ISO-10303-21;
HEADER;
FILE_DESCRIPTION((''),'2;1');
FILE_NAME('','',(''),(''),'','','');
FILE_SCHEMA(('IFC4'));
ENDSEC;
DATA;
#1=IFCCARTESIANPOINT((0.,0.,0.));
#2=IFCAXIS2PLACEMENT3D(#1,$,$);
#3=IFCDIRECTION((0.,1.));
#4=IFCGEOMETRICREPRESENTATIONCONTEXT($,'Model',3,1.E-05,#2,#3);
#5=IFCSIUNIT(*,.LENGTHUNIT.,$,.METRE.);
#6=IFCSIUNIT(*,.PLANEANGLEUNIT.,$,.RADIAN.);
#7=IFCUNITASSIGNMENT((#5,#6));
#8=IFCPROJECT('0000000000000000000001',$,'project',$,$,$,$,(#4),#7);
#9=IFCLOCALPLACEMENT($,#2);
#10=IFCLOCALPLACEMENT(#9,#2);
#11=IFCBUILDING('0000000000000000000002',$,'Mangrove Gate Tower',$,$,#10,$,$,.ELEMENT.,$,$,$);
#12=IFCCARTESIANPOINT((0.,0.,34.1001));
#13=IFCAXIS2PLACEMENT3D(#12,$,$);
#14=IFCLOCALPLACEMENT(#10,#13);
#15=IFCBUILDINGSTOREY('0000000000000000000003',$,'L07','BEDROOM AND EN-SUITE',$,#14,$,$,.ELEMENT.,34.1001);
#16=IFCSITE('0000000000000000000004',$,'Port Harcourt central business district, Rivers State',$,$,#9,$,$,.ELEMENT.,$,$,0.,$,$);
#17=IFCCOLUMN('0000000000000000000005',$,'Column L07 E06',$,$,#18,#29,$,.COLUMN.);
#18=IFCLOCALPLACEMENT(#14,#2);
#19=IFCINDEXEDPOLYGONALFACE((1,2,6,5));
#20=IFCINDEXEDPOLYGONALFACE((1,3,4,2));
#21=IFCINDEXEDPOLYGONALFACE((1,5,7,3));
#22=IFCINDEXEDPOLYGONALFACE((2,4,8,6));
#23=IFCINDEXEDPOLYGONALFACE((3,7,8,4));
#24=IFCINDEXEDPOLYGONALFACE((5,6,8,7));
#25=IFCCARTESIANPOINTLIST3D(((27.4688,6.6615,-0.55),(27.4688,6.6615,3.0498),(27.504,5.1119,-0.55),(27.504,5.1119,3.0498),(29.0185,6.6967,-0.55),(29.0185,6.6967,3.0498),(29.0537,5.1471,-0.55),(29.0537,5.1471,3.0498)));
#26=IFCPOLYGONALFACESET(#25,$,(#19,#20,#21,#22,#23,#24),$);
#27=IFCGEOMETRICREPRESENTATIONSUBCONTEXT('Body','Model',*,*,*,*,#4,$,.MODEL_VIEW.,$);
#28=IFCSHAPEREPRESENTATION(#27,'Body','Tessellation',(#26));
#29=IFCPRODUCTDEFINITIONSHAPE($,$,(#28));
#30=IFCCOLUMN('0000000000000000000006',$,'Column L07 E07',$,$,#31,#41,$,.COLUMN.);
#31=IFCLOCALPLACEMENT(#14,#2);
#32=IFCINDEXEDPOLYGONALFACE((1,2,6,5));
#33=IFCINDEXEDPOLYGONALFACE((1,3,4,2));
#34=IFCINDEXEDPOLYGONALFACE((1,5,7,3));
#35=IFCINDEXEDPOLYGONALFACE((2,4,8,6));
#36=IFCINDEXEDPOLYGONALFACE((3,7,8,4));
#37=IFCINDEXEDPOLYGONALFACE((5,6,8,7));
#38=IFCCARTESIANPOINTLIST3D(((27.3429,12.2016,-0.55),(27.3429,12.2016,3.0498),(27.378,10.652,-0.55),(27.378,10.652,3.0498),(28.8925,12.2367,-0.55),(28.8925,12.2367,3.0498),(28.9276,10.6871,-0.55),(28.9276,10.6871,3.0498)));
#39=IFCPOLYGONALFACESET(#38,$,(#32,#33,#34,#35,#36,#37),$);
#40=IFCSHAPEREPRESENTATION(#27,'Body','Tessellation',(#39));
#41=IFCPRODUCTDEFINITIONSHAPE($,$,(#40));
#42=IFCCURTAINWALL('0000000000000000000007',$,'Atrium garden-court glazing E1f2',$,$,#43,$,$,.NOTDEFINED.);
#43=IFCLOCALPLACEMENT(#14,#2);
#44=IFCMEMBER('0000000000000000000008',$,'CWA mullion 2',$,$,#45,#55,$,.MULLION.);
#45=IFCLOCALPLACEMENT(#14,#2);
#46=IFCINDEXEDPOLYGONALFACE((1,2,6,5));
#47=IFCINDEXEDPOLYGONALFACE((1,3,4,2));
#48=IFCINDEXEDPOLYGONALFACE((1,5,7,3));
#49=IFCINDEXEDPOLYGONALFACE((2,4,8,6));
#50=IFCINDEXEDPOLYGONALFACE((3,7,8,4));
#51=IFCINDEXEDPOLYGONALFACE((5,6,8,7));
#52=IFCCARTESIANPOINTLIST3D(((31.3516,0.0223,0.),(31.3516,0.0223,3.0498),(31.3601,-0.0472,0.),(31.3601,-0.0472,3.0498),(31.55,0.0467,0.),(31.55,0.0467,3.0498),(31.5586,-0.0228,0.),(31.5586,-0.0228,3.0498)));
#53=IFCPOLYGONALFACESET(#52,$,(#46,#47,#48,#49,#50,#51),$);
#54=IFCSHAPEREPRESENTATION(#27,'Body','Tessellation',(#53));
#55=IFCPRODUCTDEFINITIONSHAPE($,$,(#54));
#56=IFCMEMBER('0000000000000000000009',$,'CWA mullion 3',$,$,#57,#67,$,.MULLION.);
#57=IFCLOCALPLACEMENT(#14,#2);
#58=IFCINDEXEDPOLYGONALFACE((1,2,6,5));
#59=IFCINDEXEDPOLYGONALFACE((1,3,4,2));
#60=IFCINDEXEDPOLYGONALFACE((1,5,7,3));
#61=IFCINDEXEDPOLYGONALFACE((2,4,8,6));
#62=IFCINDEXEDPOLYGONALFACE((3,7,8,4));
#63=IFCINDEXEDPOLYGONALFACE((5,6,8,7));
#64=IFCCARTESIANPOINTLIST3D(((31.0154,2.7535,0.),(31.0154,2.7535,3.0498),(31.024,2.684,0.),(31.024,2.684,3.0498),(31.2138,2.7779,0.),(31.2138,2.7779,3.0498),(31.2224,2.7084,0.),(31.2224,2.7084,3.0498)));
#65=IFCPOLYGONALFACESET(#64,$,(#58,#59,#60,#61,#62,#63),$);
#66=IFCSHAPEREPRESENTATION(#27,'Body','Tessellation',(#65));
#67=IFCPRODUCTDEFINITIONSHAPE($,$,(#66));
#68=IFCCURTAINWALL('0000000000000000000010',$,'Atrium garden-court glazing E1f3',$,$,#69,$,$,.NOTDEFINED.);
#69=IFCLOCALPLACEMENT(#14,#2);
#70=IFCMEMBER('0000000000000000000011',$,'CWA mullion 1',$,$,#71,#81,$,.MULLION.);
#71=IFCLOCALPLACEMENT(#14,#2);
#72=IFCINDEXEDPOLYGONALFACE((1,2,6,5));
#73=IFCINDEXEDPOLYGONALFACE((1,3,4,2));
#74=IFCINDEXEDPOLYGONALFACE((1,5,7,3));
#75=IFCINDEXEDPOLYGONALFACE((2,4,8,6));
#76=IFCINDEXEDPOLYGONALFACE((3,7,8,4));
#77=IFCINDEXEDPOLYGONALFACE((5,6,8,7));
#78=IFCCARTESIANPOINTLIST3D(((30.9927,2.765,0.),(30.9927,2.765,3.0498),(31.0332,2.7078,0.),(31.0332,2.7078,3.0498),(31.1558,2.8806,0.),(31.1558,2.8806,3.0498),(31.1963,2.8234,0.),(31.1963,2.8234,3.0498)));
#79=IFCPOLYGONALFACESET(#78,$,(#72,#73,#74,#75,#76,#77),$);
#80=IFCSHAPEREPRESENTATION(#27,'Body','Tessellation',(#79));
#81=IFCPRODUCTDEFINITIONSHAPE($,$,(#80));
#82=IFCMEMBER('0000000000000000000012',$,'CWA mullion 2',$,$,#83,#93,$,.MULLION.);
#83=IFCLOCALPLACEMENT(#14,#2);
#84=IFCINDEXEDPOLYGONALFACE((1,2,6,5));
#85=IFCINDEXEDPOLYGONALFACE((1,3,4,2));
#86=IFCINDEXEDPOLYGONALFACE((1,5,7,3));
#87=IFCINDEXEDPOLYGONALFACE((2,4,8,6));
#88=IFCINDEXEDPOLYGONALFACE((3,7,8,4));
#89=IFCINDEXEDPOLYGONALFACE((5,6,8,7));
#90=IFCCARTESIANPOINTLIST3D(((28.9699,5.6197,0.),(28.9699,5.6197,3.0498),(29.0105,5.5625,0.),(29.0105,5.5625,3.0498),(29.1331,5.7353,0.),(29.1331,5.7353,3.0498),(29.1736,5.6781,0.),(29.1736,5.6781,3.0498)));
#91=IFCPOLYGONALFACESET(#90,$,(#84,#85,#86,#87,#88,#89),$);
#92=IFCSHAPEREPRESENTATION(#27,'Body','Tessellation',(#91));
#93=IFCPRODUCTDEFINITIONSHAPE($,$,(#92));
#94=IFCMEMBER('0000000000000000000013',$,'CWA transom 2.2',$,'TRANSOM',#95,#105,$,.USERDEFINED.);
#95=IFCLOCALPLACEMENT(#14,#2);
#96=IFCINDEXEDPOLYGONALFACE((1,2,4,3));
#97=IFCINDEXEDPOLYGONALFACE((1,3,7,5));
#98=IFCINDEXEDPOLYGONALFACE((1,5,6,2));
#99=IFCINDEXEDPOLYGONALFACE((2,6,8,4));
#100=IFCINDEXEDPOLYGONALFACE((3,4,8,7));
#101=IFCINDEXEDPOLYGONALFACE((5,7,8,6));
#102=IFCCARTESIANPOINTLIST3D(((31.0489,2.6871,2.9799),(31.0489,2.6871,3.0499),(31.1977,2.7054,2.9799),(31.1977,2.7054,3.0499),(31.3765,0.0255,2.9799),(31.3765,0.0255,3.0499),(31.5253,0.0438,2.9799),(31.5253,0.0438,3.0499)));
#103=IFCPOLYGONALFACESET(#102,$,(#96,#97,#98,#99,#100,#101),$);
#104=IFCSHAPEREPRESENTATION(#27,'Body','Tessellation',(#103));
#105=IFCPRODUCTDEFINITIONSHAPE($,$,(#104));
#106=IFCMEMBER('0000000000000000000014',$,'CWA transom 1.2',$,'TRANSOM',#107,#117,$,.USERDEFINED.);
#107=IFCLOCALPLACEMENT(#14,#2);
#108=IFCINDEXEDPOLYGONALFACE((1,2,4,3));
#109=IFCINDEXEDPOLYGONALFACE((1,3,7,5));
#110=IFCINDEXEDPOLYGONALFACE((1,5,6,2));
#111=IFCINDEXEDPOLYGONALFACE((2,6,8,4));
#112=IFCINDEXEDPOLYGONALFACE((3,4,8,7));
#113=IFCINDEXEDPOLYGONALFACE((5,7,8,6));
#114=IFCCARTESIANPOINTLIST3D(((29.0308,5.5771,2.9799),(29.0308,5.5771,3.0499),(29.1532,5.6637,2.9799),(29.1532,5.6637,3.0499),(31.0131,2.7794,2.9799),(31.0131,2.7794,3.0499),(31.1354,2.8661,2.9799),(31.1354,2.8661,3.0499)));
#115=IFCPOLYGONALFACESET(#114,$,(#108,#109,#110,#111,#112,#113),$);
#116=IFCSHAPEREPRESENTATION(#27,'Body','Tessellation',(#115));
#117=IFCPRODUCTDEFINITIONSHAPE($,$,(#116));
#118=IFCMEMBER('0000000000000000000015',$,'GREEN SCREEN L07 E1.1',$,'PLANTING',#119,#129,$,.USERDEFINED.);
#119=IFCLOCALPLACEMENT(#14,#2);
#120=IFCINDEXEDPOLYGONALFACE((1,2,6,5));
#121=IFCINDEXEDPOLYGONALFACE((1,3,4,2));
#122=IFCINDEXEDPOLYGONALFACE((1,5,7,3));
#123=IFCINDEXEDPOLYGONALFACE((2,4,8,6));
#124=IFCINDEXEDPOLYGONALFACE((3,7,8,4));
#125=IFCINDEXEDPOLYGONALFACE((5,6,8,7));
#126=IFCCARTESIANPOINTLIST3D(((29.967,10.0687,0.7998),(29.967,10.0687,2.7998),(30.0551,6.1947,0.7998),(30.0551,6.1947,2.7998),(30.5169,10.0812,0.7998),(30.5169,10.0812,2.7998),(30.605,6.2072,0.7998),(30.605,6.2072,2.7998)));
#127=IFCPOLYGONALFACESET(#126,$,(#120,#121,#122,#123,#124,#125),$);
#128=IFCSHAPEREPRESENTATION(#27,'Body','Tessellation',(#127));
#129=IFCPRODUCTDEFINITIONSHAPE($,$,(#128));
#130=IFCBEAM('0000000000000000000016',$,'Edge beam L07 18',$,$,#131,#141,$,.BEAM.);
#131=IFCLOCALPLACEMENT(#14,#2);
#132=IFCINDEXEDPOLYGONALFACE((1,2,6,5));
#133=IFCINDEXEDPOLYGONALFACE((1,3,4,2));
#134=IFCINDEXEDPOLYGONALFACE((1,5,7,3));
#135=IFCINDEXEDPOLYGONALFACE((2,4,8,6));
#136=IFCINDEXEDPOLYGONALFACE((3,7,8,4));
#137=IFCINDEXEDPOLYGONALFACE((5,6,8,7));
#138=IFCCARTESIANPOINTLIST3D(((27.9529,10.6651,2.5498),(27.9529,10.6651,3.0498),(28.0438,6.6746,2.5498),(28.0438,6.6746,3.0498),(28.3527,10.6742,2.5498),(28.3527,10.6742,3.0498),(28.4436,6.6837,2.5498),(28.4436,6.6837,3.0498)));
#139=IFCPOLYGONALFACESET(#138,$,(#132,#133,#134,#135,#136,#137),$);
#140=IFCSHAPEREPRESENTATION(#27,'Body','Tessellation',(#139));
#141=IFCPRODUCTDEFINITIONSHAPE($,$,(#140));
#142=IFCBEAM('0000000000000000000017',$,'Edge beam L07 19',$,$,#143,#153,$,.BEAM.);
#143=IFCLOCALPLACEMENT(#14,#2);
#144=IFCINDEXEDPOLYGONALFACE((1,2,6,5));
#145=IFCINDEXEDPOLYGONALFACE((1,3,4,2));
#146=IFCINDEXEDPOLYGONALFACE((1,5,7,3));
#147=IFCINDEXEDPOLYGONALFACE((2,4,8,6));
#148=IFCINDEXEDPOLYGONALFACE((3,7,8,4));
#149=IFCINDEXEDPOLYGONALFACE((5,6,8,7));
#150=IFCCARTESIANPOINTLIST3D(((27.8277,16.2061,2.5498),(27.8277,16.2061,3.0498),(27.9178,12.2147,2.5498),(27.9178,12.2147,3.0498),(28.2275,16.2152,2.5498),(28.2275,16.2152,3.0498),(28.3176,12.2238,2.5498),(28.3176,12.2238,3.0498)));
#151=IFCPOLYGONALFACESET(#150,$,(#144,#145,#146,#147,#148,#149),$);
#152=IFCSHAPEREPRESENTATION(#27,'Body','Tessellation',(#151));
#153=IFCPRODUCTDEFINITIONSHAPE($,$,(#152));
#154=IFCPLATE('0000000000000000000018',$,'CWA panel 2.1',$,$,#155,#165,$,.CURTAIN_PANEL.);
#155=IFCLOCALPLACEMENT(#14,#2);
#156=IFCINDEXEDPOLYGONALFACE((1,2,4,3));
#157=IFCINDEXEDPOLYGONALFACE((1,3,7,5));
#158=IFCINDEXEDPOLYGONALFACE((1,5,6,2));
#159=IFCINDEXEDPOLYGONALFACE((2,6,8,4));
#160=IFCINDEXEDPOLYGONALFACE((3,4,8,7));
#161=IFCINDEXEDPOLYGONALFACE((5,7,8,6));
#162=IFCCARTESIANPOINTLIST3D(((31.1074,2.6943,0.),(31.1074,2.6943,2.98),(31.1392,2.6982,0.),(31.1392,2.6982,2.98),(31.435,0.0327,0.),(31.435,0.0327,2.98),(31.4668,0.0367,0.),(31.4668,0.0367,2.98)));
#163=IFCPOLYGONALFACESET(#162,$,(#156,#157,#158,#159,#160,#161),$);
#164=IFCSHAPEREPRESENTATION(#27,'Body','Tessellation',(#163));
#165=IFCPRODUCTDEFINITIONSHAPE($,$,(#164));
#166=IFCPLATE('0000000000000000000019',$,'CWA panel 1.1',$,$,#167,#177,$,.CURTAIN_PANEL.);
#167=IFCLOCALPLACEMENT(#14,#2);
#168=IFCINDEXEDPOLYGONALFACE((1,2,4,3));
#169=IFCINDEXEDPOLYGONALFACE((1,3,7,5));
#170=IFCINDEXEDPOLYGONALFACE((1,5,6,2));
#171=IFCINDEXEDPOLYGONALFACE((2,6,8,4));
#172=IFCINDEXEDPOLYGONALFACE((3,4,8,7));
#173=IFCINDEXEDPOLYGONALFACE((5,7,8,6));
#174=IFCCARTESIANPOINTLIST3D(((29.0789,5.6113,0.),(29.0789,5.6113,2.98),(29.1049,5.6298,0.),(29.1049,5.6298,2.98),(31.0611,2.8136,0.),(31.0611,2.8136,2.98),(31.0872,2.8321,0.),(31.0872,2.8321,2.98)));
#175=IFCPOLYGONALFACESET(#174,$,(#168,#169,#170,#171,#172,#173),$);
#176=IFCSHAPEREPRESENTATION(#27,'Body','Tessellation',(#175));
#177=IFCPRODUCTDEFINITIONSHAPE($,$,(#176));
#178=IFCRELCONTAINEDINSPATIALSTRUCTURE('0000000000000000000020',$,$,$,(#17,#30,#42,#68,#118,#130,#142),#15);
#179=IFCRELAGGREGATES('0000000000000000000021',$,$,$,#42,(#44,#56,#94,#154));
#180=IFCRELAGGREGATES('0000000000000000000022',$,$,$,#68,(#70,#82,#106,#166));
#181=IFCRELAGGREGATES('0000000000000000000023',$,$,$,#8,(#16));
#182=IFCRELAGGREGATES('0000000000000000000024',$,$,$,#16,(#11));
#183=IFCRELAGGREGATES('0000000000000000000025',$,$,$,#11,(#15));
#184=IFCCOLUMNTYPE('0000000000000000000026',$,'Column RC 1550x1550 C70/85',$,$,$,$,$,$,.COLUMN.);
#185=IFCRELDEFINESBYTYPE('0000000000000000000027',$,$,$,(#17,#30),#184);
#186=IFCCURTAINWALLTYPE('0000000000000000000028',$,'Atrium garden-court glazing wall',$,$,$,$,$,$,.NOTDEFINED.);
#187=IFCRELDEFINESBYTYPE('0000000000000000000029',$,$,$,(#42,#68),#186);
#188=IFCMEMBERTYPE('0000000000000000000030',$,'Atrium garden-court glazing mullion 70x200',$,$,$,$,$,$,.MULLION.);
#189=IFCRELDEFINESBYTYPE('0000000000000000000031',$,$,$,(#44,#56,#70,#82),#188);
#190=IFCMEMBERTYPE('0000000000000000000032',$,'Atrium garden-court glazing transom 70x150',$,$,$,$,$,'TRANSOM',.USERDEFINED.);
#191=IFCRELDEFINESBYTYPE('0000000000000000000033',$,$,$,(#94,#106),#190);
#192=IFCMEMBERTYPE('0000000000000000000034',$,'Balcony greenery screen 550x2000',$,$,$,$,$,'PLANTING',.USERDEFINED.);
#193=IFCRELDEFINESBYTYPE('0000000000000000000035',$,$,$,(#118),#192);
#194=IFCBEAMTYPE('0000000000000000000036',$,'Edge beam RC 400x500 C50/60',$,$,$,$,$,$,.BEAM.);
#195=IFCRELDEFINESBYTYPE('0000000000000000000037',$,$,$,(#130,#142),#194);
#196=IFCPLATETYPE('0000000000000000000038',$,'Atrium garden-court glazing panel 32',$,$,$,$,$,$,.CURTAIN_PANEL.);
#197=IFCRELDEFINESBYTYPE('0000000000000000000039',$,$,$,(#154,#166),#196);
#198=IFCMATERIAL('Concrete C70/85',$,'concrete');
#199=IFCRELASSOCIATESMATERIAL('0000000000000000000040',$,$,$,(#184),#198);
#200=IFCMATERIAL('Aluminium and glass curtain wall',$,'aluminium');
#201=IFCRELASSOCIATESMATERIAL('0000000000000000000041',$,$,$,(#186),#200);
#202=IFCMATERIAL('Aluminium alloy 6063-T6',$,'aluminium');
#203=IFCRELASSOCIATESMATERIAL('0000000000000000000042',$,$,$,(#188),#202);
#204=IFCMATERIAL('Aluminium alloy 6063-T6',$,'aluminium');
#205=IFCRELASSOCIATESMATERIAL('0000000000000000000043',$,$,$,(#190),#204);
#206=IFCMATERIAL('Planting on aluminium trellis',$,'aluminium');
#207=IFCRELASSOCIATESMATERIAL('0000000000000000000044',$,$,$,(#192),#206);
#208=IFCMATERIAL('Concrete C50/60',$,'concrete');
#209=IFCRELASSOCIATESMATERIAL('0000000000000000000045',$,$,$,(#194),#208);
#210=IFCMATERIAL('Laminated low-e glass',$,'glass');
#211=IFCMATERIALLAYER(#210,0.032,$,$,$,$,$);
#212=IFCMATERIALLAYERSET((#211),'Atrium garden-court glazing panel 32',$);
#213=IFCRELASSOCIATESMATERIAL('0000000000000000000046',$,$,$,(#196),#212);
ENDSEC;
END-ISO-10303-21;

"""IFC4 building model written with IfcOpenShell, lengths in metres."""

from ifc_helpers import new_model, si_unit, direction, frame, origin, origin_2d, place, context, subcontext, project, spatial, rectangle, extrude, material, layer, layer_set, material_profile, profile_set, type_object, element, aggregate, save


model = new_model("IFC4")

# Units and contexts
model_context = context("Model", 3, precision=1e-05, world=origin(), true_north=direction((0.0, 1.0)))
body_context = subcontext(model_context, "Body", "Model", "MODEL_VIEW")
ifc_project = project(units=[si_unit("LENGTHUNIT", "METRE"), si_unit("PLANEANGLEUNIT", "RADIAN")], contexts=[model_context])

# Site, building, storey
site_placement = place(None, origin())
site = spatial("IfcSite", under=ifc_project, at=site_placement, Name="Port Harcourt central business district, Rivers State", CompositionType="ELEMENT", RefElevation=0.0)
building_placement = place(site_placement, origin())
building = spatial("IfcBuilding", under=site, at=building_placement, Name="Mangrove Gate Tower", CompositionType="ELEMENT")
storey_placement = place(building_placement, frame((0.0, 0.0, 34.1001)))
storey = spatial("IfcBuildingStorey", under=building, at=storey_placement, Name="L07", Description="BEDROOM AND EN-SUITE", CompositionType="ELEMENT", Elevation=34.1001)

# Columns
ifc_material_1 = material(Name="Concrete C70/85", Category="concrete")
ifc_material_profile_1 = material_profile(ifc_material_1, rectangle(XDim=1.55, YDim=1.55, at=origin_2d()))
ifc_profile_set_1 = profile_set([ifc_material_profile_1], Name="Concrete C70/85")
column_type = type_object("IfcColumnType", Name="Column RC 1550x1550 C70/85", PredefinedType="COLUMN", material=ifc_profile_set_1)
for number, where, z_axis, x_axis, name in (
    (1, (28.2612, 5.9043, -0.55), (0.0, 0.0, 1.0), (-0.022704, 0.999742, 0.0), "Column L07 E06"),
    (2, (28.1353, 11.4443, -0.55), (0.0, 0.0, 1.0), (-0.022646, 0.999744, 0.0), "Column L07 E07"),
):
    element("IfcColumn", number, at=place(storey_placement, frame(where, z_axis=z_axis, x_axis=x_axis)), inside=storey, type_object=column_type, Name=name, PredefinedType="COLUMN", context=body_context, shape_type="SweptSolid", body=[
        extrude(rectangle(XDim=1.55, YDim=1.55, at=origin_2d()), origin(), (0.0, 0.0, 1.0), 3.5999),
    ])

# Curtain walls, members
ifc_material_2 = material(Name="Aluminium and glass curtain wall", Category="aluminium")
curtain_wall_type = type_object("IfcCurtainWallType", Name="Atrium garden-court glazing wall", PredefinedType="NOTDEFINED", material=ifc_material_2)
curtain_wall_1_placement = place(storey_placement, origin())
curtain_wall_1 = element("IfcCurtainWall", 3, at=curtain_wall_1_placement, inside=storey, type_object=curtain_wall_type, Name="Atrium garden-court glazing E1f2", PredefinedType="NOTDEFINED")
ifc_material_3 = material(Name="Aluminium alloy 6063-T6", Category="aluminium")
ifc_material_profile_2 = material_profile(ifc_material_3, rectangle(XDim=0.0701, YDim=0.2, at=origin_2d()))
ifc_profile_set_2 = profile_set([ifc_material_profile_2], Name="Aluminium alloy 6063-T6")
member_type_1 = type_object("IfcMemberType", Name="Atrium garden-court glazing mullion 70x200", PredefinedType="MULLION", material=ifc_profile_set_2)
member_1_placement = place(storey_placement, frame((31.4551, -0.0002, 0.0), z_axis=(0.0, 0.0, 1.0), x_axis=(-0.122172, 0.992509, 0.0)))
member_1 = element("IfcMember", 4, at=member_1_placement, type_object=member_type_1, Name="CWA mullion 2", PredefinedType="MULLION", context=body_context, shape_type="SweptSolid", body=[
    extrude(rectangle(XDim=0.0701, YDim=0.2, at=origin_2d()), origin(), (0.0, 0.0, 1.0), 3.0498),
])
member_2_placement = place(storey_placement, frame((31.1189, 2.731, 0.0), z_axis=(0.0, 0.0, 1.0), x_axis=(-0.122172, 0.992509, 0.0)))
member_2 = element("IfcMember", 5, at=member_2_placement, type_object=member_type_1, Name="CWA mullion 3", PredefinedType="MULLION", context=body_context, shape_type="SweptSolid", body=[
    extrude(rectangle(XDim=0.0701, YDim=0.2, at=origin_2d()), origin(), (0.0, 0.0, 1.0), 3.0498),
])
curtain_wall_2_placement = place(storey_placement, origin())
curtain_wall_2 = element("IfcCurtainWall", 6, at=curtain_wall_2_placement, inside=storey, type_object=curtain_wall_type, Name="Atrium garden-court glazing E1f3", PredefinedType="NOTDEFINED")
member_3_placement = place(storey_placement, frame((31.0945, 2.7942, 0.0), z_axis=(0.0, 0.0, 1.0), x_axis=(-0.578123, 0.81595, 0.0)))
member_3 = element("IfcMember", 7, at=member_3_placement, type_object=member_type_1, Name="CWA mullion 1", PredefinedType="MULLION", context=body_context, shape_type="SweptSolid", body=[
    extrude(rectangle(XDim=0.0701, YDim=0.2, at=origin_2d()), origin(), (0.0, 0.0, 1.0), 3.0498),
])
member_4_placement = place(storey_placement, frame((29.0718, 5.6489, 0.0), z_axis=(0.0, 0.0, 1.0), x_axis=(-0.578123, 0.81595, 0.0)))
member_4 = element("IfcMember", 8, at=member_4_placement, type_object=member_type_1, Name="CWA mullion 2", PredefinedType="MULLION", context=body_context, shape_type="SweptSolid", body=[
    extrude(rectangle(XDim=0.0701, YDim=0.2, at=origin_2d()), origin(), (0.0, 0.0, 1.0), 3.0498),
])

# Members
ifc_material_4 = material(Name="Aluminium alloy 6063-T6", Category="aluminium")
ifc_material_profile_3 = material_profile(ifc_material_4, rectangle(XDim=0.0701, YDim=0.1499, at=origin_2d()))
ifc_profile_set_3 = profile_set([ifc_material_profile_3], Name="Aluminium alloy 6063-T6")
member_type_2 = type_object("IfcMemberType", Name="Atrium garden-court glazing transom 70x150", ElementType="TRANSOM", PredefinedType="USERDEFINED", material=ifc_profile_set_3)
member_5_placement = place(storey_placement, frame((31.4509, 0.0347, 3.0149), z_axis=(-0.122175, 0.992509, 0.0), x_axis=(0.0, 0.0, 1.0)))
member_5 = element("IfcMember", 9, at=member_5_placement, type_object=member_type_2, Name="CWA transom 2.2", ObjectType="TRANSOM", PredefinedType="USERDEFINED", context=body_context, shape_type="SweptSolid", body=[
    extrude(rectangle(XDim=0.0701, YDim=0.1499, at=origin_2d()), origin(), (0.0, 0.0, 1.0), 2.6816),
])
member_6_placement = place(storey_placement, frame((31.0742, 2.8228, 3.0149), z_axis=(-0.578122, 0.81595, 0.0), x_axis=(0.0, 0.0, 1.0)))
member_6 = element("IfcMember", 10, at=member_6_placement, type_object=member_type_2, Name="CWA transom 1.2", ObjectType="TRANSOM", PredefinedType="USERDEFINED", context=body_context, shape_type="SweptSolid", body=[
    extrude(rectangle(XDim=0.0701, YDim=0.1499, at=origin_2d()), origin(), (0.0, 0.0, 1.0), 3.4287),
])
ifc_material_5 = material(Name="Planting on aluminium trellis", Category="aluminium")
ifc_material_profile_4 = material_profile(ifc_material_5, rectangle(XDim=0.55, YDim=2.0, at=origin_2d()))
ifc_profile_set_4 = profile_set([ifc_material_profile_4], Name="Planting on aluminium trellis")
member_type_3 = type_object("IfcMemberType", Name="Balcony greenery screen 550x2000", ElementType="PLANTING", PredefinedType="USERDEFINED", material=ifc_profile_set_4)
member_7_placement = place(storey_placement, frame((30.3301, 6.2009, 1.7998), z_axis=(-0.022744, 0.999741, 0.0), x_axis=(-0.999741, -0.022744, 0.0)))
element("IfcMember", 11, at=member_7_placement, inside=storey, type_object=member_type_3, Name="GREEN SCREEN L07 E1.1", ObjectType="PLANTING", PredefinedType="USERDEFINED", context=body_context, shape_type="SweptSolid", body=[
    extrude(rectangle(XDim=0.55, YDim=2.0, at=origin_2d()), origin(), (0.0, 0.0, 1.0), 3.875),
])

# Beams
ifc_material_6 = material(Name="Concrete C50/60", Category="concrete")
ifc_material_profile_5 = material_profile(ifc_material_6, rectangle(XDim=0.3999, YDim=0.5, at=origin_2d()))
ifc_profile_set_5 = profile_set([ifc_material_profile_5], Name="Concrete C50/60")
beam_type = type_object("IfcBeamType", Name="Edge beam RC 400x500 C50/60", PredefinedType="BEAM", material=ifc_profile_set_5)
beam_1_placement = place(storey_placement, frame((28.2437, 6.6792, 2.7998), z_axis=(-0.022753, 0.999741, 0.0), x_axis=(-0.999741, -0.022753, 0.0)))
element("IfcBeam", 12, at=beam_1_placement, inside=storey, type_object=beam_type, Name="Edge beam L07 18", PredefinedType="BEAM", context=body_context, shape_type="SweptSolid", body=[
    extrude(rectangle(XDim=0.3999, YDim=0.5, at=origin_2d()), origin(), (0.0, 0.0, 1.0), 3.9915),
])
beam_2_placement = place(storey_placement, frame((28.1177, 12.2192, 2.7998), z_axis=(-0.022564, 0.999745, 0.0), x_axis=(-0.999745, -0.022564, 0.0)))
element("IfcBeam", 13, at=beam_2_placement, inside=storey, type_object=beam_type, Name="Edge beam L07 19", PredefinedType="BEAM", context=body_context, shape_type="SweptSolid", body=[
    extrude(rectangle(XDim=0.3999, YDim=0.5, at=origin_2d()), origin(), (0.0, 0.0, 1.0), 3.9924),
])

# Plates
ifc_material_7 = material(Name="Laminated low-e glass", Category="glass")
ifc_layer_1 = layer(ifc_material_7, 0.032)
ifc_layer_set_1 = layer_set([ifc_layer_1], Name="Atrium garden-court glazing panel 32")
plate_type = type_object("IfcPlateType", Name="Atrium garden-court glazing panel 32", PredefinedType="CURTAIN_PANEL", material=ifc_layer_set_1)
plate_1_placement = place(storey_placement, frame((31.2871, 1.3655, 0.0), z_axis=(0.0, 0.0, 1.0), x_axis=(-0.122172, 0.992509, 0.0)))
plate_1 = element("IfcPlate", 14, at=plate_1_placement, type_object=plate_type, Name="CWA panel 2.1", PredefinedType="CURTAIN_PANEL", context=body_context, shape_type="SweptSolid", body=[
    extrude(rectangle(XDim=2.6816, YDim=0.032, at=origin_2d()), origin(), (0.0, 0.0, 1.0), 2.98),
])
aggregate(curtain_wall_1, [member_1, member_2, member_5, plate_1])
plate_2_placement = place(storey_placement, frame((30.083, 4.2217, 0.0), z_axis=(0.0, 0.0, 1.0), x_axis=(-0.578123, 0.81595, 0.0)))
plate_2 = element("IfcPlate", 15, at=plate_2_placement, type_object=plate_type, Name="CWA panel 1.1", PredefinedType="CURTAIN_PANEL", context=body_context, shape_type="SweptSolid", body=[
    extrude(rectangle(XDim=3.4287, YDim=0.032, at=origin_2d()), origin(), (0.0, 0.0, 1.0), 2.98),
])
aggregate(curtain_wall_2, [member_3, member_4, member_6, plate_2])

save(model, "model.ifc")
